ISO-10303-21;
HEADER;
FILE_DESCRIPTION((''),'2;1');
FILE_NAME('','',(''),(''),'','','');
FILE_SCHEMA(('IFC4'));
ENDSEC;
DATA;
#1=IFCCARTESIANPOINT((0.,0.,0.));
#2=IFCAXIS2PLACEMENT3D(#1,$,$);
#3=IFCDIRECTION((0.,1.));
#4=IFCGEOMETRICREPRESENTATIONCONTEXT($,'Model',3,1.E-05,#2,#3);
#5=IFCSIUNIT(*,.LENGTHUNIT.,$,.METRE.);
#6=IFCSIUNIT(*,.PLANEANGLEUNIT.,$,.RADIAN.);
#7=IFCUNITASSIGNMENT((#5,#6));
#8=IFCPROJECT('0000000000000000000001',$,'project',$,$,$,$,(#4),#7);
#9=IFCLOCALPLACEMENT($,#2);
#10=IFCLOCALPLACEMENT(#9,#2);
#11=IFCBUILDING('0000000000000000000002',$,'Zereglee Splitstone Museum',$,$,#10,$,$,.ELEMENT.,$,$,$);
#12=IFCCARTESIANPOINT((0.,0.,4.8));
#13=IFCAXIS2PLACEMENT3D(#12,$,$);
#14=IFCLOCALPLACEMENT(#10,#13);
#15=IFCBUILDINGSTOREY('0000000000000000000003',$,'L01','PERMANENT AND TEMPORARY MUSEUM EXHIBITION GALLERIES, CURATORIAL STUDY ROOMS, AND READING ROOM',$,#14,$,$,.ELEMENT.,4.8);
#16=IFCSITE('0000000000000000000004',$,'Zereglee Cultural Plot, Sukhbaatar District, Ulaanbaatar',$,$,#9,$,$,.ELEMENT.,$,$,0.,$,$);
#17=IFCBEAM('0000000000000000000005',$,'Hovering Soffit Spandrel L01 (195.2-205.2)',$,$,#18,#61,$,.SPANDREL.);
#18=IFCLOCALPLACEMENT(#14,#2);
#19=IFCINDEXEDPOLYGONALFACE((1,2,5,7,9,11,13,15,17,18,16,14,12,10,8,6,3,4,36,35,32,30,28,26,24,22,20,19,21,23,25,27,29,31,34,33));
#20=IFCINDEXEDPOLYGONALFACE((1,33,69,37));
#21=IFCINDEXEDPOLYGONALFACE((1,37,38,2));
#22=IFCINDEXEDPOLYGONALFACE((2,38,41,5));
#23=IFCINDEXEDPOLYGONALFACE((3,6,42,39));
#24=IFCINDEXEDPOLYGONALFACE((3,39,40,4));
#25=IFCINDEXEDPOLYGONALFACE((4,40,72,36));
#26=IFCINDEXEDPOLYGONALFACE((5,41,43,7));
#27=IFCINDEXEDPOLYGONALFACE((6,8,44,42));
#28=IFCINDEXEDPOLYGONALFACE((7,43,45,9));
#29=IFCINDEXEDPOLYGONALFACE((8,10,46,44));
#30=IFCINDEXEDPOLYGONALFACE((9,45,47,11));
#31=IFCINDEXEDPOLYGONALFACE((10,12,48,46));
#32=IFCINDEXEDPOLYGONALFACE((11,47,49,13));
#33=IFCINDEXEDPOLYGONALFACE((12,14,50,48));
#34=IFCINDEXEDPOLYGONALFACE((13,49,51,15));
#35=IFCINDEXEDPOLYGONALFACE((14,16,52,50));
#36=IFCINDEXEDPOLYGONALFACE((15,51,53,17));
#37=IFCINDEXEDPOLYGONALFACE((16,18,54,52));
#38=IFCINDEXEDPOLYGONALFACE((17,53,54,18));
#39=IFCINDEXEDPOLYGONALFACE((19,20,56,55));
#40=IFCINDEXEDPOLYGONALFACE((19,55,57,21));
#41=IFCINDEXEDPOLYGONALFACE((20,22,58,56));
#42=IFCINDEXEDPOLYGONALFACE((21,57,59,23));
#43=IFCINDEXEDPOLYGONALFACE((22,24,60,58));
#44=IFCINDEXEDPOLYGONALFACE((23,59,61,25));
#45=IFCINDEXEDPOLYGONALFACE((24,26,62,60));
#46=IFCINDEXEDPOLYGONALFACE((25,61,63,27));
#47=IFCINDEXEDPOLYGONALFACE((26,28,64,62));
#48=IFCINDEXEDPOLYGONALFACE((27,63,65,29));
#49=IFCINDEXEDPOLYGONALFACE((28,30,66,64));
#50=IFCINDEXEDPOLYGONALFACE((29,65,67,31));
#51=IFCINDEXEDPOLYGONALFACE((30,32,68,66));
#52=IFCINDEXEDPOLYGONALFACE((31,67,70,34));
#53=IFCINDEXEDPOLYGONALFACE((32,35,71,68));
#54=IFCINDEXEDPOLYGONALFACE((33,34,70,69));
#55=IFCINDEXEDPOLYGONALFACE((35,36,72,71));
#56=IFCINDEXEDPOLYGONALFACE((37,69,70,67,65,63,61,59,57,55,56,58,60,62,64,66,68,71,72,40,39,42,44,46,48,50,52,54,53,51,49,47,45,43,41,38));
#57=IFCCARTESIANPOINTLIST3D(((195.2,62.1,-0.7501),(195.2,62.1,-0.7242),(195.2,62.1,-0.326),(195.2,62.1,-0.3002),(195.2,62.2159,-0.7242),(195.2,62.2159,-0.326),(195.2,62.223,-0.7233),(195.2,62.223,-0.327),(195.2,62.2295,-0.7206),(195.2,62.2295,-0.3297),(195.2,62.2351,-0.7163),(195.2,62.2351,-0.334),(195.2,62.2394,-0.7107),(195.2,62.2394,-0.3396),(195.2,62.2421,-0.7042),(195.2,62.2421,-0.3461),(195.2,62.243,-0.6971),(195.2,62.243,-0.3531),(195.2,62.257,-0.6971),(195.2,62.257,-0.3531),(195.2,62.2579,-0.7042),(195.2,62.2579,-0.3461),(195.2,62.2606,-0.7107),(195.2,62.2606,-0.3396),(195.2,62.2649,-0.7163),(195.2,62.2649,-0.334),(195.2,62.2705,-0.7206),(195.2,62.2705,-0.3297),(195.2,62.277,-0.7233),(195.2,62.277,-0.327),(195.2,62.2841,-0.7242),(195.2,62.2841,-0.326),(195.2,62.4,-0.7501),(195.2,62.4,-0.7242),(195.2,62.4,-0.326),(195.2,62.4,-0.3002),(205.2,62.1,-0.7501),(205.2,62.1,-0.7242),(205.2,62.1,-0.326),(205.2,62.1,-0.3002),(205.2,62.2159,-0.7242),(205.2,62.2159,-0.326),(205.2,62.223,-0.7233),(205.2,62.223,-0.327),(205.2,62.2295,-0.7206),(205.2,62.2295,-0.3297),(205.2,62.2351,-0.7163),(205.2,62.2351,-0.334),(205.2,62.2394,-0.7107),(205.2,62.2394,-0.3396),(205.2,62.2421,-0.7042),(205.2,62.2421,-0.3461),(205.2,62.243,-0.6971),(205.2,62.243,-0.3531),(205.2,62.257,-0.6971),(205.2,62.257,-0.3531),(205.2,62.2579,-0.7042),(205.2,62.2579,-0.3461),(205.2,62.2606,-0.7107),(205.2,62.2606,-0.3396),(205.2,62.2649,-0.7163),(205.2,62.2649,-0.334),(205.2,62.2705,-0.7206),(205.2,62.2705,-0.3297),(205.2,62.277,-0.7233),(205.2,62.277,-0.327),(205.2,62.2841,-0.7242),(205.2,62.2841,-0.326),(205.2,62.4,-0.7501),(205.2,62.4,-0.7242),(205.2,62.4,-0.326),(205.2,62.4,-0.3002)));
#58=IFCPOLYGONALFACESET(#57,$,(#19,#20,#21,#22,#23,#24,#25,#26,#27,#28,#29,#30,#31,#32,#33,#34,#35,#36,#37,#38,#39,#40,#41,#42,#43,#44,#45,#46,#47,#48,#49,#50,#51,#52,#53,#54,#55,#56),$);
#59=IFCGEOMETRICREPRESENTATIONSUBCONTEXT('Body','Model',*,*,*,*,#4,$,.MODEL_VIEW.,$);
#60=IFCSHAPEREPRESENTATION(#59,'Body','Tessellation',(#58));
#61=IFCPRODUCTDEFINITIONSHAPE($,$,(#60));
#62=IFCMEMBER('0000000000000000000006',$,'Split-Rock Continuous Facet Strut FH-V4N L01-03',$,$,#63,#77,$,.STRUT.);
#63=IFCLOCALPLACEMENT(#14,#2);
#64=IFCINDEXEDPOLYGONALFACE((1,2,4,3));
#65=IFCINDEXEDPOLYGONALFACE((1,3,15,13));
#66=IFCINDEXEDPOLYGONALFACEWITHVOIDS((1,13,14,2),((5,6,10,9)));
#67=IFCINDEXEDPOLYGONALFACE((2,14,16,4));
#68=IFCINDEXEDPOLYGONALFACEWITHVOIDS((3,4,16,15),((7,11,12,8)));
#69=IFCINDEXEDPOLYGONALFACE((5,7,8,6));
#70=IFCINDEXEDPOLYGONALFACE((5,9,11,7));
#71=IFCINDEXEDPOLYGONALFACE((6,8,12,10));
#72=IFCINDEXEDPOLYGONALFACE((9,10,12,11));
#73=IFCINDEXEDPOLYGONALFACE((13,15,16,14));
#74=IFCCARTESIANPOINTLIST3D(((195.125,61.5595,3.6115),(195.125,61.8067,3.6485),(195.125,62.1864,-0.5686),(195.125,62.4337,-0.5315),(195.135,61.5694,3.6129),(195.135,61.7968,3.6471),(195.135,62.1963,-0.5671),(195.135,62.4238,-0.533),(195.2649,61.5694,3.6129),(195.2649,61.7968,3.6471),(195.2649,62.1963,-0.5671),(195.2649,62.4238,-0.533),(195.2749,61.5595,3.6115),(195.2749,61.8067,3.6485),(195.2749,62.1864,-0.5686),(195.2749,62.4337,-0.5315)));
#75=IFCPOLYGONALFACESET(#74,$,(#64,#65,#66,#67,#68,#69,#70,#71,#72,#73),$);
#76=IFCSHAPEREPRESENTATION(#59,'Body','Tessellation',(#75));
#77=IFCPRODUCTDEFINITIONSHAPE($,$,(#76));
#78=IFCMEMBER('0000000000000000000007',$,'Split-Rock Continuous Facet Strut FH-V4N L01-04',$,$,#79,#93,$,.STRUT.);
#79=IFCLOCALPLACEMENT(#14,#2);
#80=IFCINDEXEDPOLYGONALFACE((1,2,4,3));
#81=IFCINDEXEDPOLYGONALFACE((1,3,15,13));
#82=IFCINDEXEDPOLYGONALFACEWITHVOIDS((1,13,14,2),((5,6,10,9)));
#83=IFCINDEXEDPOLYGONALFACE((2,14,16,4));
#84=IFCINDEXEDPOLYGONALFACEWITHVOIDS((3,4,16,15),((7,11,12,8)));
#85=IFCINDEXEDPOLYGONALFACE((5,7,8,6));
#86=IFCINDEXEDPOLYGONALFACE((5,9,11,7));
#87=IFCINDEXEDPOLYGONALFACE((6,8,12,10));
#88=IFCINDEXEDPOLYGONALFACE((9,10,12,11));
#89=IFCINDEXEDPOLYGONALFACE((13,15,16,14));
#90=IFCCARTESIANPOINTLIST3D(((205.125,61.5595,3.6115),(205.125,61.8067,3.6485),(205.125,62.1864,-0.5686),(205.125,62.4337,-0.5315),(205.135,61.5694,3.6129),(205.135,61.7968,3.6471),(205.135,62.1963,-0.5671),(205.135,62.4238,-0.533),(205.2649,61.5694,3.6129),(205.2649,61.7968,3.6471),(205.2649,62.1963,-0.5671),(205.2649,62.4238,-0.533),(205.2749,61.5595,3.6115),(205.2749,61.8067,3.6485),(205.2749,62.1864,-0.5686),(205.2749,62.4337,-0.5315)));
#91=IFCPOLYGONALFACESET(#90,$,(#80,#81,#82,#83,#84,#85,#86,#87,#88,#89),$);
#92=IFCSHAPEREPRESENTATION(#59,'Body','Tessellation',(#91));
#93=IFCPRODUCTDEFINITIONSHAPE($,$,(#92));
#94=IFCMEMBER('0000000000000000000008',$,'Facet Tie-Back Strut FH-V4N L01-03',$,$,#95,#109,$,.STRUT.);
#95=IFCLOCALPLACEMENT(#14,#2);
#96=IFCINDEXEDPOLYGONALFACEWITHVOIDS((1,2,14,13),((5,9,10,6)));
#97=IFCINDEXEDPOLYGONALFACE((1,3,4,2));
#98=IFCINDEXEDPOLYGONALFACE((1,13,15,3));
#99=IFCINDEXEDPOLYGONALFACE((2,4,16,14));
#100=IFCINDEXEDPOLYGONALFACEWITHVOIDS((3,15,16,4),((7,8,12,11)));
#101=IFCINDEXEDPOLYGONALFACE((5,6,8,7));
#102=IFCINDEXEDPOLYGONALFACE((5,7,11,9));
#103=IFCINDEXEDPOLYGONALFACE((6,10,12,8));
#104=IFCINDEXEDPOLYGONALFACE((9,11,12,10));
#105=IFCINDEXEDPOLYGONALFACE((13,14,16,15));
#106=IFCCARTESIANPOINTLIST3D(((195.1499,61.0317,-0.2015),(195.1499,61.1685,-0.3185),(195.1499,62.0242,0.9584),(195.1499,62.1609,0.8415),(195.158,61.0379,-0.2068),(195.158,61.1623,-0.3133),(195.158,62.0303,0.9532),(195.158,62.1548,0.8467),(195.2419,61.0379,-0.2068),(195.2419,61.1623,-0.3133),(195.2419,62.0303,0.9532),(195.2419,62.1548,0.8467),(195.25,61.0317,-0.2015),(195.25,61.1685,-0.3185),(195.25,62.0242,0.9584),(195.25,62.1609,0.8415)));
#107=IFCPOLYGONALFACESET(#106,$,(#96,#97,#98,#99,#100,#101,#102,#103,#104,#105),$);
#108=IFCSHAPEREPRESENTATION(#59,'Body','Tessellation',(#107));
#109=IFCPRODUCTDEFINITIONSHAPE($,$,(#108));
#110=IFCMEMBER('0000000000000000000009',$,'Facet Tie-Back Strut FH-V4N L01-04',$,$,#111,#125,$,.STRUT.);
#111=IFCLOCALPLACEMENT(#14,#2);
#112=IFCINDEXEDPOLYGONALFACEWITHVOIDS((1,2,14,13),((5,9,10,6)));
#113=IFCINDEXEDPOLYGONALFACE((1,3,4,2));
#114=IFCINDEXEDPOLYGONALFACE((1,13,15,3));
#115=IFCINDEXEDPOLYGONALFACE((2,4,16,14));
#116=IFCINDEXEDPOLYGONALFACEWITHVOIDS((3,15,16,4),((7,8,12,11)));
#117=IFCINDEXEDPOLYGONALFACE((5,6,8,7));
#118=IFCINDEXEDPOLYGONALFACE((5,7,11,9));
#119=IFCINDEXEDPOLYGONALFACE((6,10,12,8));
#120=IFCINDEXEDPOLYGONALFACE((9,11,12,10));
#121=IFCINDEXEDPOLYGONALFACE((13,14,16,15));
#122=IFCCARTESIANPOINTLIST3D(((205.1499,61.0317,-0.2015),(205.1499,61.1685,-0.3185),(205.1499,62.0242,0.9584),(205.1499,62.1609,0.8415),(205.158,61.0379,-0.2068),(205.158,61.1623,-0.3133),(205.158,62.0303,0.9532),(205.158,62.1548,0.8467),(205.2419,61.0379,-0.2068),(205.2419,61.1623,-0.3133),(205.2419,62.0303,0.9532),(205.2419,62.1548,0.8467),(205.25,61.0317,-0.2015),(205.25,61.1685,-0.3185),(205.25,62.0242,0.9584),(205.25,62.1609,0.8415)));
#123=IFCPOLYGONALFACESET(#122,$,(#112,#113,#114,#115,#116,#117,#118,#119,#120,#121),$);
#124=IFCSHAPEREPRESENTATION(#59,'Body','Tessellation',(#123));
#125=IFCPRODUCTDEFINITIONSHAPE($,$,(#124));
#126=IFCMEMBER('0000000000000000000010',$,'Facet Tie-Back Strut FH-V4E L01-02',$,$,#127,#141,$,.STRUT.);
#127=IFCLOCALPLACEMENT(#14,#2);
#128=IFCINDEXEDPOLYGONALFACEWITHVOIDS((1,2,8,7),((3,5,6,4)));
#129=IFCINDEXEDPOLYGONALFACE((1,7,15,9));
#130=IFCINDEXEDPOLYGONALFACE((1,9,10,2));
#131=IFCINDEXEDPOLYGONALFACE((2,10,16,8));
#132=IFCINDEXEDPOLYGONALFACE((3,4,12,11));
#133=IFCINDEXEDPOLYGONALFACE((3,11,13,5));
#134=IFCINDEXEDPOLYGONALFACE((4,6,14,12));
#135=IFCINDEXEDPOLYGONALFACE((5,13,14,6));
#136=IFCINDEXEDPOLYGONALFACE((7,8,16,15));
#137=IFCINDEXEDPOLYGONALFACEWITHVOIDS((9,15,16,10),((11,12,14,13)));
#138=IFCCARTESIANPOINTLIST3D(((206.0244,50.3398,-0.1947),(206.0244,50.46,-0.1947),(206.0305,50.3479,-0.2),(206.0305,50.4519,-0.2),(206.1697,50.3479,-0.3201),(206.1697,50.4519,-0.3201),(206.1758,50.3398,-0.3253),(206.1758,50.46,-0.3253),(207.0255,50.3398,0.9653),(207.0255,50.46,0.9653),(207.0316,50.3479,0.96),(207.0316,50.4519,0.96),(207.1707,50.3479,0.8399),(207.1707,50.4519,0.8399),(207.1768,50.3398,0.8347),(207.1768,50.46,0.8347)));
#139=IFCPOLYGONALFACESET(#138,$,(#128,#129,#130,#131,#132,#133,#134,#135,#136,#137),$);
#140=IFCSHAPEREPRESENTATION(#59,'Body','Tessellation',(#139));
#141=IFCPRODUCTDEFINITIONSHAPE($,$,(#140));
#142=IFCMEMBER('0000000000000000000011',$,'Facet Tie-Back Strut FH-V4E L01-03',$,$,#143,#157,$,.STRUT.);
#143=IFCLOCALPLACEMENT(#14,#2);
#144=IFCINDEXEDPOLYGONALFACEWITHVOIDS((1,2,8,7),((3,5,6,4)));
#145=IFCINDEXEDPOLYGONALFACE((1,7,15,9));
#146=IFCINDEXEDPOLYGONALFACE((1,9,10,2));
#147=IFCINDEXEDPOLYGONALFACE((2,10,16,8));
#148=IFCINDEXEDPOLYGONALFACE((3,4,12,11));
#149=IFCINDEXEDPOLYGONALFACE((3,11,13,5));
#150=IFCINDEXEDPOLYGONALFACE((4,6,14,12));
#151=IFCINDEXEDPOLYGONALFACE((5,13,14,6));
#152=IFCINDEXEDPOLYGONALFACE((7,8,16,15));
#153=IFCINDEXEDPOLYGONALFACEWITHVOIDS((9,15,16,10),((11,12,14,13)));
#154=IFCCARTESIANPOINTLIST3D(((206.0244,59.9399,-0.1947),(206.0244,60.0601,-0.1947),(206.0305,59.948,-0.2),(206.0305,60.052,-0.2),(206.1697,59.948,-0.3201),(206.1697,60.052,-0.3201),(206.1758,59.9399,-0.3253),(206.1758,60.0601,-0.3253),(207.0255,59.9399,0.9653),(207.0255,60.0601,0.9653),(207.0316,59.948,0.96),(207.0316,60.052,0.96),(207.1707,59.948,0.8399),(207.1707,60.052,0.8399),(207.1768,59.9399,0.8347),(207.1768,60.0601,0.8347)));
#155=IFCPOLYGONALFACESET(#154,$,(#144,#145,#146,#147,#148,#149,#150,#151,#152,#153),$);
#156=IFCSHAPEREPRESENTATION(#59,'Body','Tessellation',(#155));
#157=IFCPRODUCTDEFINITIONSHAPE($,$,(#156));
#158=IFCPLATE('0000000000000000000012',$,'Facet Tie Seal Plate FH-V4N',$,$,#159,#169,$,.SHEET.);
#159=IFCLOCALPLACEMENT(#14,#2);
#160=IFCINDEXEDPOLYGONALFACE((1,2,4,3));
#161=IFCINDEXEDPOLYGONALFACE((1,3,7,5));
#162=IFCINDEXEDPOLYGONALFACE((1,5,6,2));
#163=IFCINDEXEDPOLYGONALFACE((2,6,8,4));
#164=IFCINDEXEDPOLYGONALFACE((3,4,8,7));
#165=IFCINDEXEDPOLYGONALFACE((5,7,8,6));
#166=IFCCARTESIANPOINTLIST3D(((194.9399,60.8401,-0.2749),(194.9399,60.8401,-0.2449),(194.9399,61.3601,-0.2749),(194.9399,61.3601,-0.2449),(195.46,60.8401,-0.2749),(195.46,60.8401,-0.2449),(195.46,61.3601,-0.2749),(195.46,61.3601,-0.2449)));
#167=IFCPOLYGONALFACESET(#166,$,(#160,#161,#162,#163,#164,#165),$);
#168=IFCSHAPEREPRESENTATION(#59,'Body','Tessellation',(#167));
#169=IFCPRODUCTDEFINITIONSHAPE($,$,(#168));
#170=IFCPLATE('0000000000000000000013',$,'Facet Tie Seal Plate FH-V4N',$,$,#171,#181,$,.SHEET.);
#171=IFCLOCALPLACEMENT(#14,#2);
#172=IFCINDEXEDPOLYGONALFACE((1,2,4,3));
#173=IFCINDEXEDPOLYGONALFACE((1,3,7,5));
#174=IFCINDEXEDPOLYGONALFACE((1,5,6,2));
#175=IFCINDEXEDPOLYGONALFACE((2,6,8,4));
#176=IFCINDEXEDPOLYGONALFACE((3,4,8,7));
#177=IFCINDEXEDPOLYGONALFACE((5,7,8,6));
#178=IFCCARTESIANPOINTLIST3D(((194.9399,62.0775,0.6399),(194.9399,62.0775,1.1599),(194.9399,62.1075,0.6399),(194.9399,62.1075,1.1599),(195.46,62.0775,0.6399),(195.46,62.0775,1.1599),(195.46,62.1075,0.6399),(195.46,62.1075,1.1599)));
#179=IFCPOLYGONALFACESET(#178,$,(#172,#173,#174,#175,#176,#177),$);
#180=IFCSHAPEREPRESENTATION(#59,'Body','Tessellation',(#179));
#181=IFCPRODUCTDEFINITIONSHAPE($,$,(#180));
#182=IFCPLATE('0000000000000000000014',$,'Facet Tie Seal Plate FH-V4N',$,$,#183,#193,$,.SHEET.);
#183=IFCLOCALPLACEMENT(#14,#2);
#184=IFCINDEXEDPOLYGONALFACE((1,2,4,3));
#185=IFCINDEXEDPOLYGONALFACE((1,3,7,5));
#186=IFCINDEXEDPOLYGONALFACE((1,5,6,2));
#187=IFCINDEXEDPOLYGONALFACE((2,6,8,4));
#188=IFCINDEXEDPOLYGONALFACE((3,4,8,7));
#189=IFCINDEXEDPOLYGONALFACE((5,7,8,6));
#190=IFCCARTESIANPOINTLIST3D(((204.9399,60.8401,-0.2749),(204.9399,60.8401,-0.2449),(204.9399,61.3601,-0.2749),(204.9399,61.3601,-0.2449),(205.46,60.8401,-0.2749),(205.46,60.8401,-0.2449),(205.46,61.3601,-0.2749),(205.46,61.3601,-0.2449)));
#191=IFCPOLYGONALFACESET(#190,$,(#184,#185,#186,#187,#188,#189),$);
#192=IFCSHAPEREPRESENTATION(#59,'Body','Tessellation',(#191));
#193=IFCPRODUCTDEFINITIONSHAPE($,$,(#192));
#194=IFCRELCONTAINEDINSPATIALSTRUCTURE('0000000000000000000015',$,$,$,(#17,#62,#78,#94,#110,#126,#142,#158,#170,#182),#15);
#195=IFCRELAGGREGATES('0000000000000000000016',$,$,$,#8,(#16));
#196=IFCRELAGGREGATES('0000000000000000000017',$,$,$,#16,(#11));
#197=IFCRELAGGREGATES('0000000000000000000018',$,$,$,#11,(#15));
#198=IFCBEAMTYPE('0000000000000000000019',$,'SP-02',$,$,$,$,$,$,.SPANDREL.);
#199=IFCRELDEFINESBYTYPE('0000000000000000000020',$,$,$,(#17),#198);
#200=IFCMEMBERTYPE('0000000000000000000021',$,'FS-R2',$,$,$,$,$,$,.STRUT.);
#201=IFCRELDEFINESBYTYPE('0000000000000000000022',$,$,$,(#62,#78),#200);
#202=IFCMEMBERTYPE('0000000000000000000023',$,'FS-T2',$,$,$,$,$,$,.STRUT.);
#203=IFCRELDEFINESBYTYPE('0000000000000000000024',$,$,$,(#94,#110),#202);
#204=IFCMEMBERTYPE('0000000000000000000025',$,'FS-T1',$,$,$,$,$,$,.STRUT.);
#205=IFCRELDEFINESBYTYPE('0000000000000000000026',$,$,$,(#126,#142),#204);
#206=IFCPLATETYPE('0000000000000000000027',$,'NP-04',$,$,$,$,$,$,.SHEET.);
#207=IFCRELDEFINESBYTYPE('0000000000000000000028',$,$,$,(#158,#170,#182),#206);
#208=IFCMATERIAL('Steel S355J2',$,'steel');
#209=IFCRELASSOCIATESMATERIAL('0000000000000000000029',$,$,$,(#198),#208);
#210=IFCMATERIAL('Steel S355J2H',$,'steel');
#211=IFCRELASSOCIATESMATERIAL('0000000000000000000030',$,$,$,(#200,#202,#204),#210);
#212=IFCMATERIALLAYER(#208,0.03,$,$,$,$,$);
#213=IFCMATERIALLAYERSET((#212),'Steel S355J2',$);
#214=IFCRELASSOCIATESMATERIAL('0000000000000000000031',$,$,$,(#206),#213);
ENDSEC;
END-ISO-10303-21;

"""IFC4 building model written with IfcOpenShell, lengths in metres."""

from ifc_helpers import new_model, si_unit, direction, frame, origin, origin_2d, place, context, subcontext, project, spatial, rectangle, hollow_rectangle, i_section, extrude, material, layer, layer_set, material_profile, profile_set, type_object, element, save


model = new_model("IFC4")

# Units and contexts
model_context = context("Model", 3, precision=1e-05, world=origin(), true_north=direction((0.0, 1.0)))
body_context = subcontext(model_context, "Body", "Model", "MODEL_VIEW")
ifc_project = project(units=[si_unit("LENGTHUNIT", "METRE"), si_unit("PLANEANGLEUNIT", "RADIAN")], contexts=[model_context])

# Site, building, storey
site_placement = place(None, origin())
site = spatial("IfcSite", under=ifc_project, at=site_placement, Name="Zereglee Cultural Plot, Sukhbaatar District, Ulaanbaatar", CompositionType="ELEMENT", RefElevation=0.0)
building_placement = place(site_placement, origin())
building = spatial("IfcBuilding", under=site, at=building_placement, Name="Zereglee Splitstone Museum", CompositionType="ELEMENT")
storey_placement = place(building_placement, frame((0.0, 0.0, 4.8)))
storey = spatial("IfcBuildingStorey", under=building, at=storey_placement, Name="L01", Description="PERMANENT AND TEMPORARY MUSEUM EXHIBITION GALLERIES, CURATORIAL STUDY ROOMS, AND READING ROOM", CompositionType="ELEMENT", Elevation=4.8)

# Shared definitions
ifc_material_1 = material(Name="Steel S355J2H", Category="steel")
ifc_material_2 = material(Name="Steel S355J2", Category="steel")

# Beam
ifc_material_profile_1 = material_profile(ifc_material_2, i_section(OverallWidth=0.3, OverallDepth=0.45, WebThickness=0.0139, FlangeThickness=0.0259, FilletRadius=0.0271, at=origin_2d()), Name="HE 450 B")
ifc_profile_set_1 = profile_set([ifc_material_profile_1], Name="Steel S355J2")
beam_type_1 = type_object("IfcBeamType", Name="SP-02", PredefinedType="SPANDREL", material=ifc_profile_set_1)
beam_1_placement = place(storey_placement, frame((195.2, 62.25, -0.5251), z_axis=(1.0, 0.0, 0.0), x_axis=(0.0, 1.0, 0.0)))
element("IfcBeam", 1, at=beam_1_placement, inside=storey, type_object=beam_type_1, Name="Hovering Soffit Spandrel L01 (195.2-205.2)", PredefinedType="SPANDREL", context=body_context, shape_type="SweptSolid", body=[
    extrude(i_section(OverallWidth=0.3, OverallDepth=0.45, WebThickness=0.0139, FlangeThickness=0.0259, FilletRadius=0.0271, at=origin_2d()), origin(), (0.0, 0.0, 1.0), 10.0),
])

# Members
ifc_material_profile_2 = material_profile(ifc_material_1, hollow_rectangle(XDim=0.1499, YDim=0.25, WallThickness=0.01, at=origin_2d()), Name="RHS 250x150x10")
ifc_profile_set_2 = profile_set([ifc_material_profile_2], Name="Steel S355J2H")
member_type_1 = type_object("IfcMemberType", Name="FS-R2", PredefinedType="STRUT", material=ifc_profile_set_2)
for number, where, z_axis, x_axis, name in (
    (2, (195.2, 62.3101, -0.55), (0.0, -0.148332, 0.988938), (1.0, 0.0, 0.0), "Split-Rock Continuous Facet Strut FH-V4N L01-03"),
    (3, (205.2, 62.3101, -0.55), (0.0, -0.148332, 0.988938), (1.0, 0.0, 0.0), "Split-Rock Continuous Facet Strut FH-V4N L01-04"),
):
    element("IfcMember", number, at=place(storey_placement, frame(where, z_axis=z_axis, x_axis=x_axis)), inside=storey, type_object=member_type_1, Name=name, PredefinedType="STRUT", context=body_context, shape_type="SweptSolid", body=[
        extrude(hollow_rectangle(XDim=0.1499, YDim=0.25, WallThickness=0.01, at=origin_2d()), origin(), (0.0, 0.0, 1.0), 4.2268),
    ])
ifc_material_profile_3 = material_profile(ifc_material_1, hollow_rectangle(XDim=0.1001, YDim=0.1799, WallThickness=0.0081, at=origin_2d()), Name="RHS 180x100x8")
ifc_profile_set_3 = profile_set([ifc_material_profile_3], Name="Steel S355J2H")
member_type_2 = type_object("IfcMemberType", Name="FS-T2", PredefinedType="STRUT", material=ifc_profile_set_3)
for number, where, z_axis, x_axis, name in (
    (4, (195.2, 61.1001, -0.26), (0.0, 0.650119, 0.759832), (-1.0, 0.0, 0.0), "Facet Tie-Back Strut FH-V4N L01-03"),
    (5, (205.2, 61.1001, -0.26), (0.0, 0.650119, 0.759832), (-1.0, 0.0, 0.0), "Facet Tie-Back Strut FH-V4N L01-04"),
):
    element("IfcMember", number, at=place(storey_placement, frame(where, z_axis=z_axis, x_axis=x_axis)), inside=storey, type_object=member_type_2, Name=name, PredefinedType="STRUT", context=body_context, shape_type="SweptSolid", body=[
        extrude(hollow_rectangle(XDim=0.1001, YDim=0.1799, WallThickness=0.0081, at=origin_2d()), origin(), (0.0, 0.0, 1.0), 1.5266),
    ])
ifc_material_profile_4 = material_profile(ifc_material_1, hollow_rectangle(XDim=0.1201, YDim=0.2, WallThickness=0.0081, at=origin_2d()), Name="RHS 200x120x8")
ifc_profile_set_4 = profile_set([ifc_material_profile_4], Name="Steel S355J2H")
member_type_3 = type_object("IfcMemberType", Name="FS-T1", PredefinedType="STRUT", material=ifc_profile_set_4)
for number, where, z_axis, x_axis, name in (
    (6, (206.1001, 50.3999, -0.26), (0.653334, 0.0, 0.75707), (0.0, 1.0, 0.0), "Facet Tie-Back Strut FH-V4E L01-02"),
    (7, (206.1001, 60.0, -0.26), (0.653334, 0.0, 0.75707), (0.0, 1.0, 0.0), "Facet Tie-Back Strut FH-V4E L01-03"),
):
    element("IfcMember", number, at=place(storey_placement, frame(where, z_axis=z_axis, x_axis=x_axis)), inside=storey, type_object=member_type_3, Name=name, PredefinedType="STRUT", context=body_context, shape_type="SweptSolid", body=[
        extrude(hollow_rectangle(XDim=0.1201, YDim=0.2, WallThickness=0.0081, at=origin_2d()), origin(), (0.0, 0.0, 1.0), 1.5322),
    ])

# Plates
ifc_layer_1 = layer(ifc_material_2, 0.03)
ifc_layer_set_1 = layer_set([ifc_layer_1], Name="Steel S355J2")
plate_type_1 = type_object("IfcPlateType", Name="NP-04", PredefinedType="SHEET", material=ifc_layer_set_1)
plate_1_placement = place(storey_placement, frame((195.2, 61.1001, -0.2749), z_axis=(0.0, 0.0, 1.0), x_axis=(1.0, 0.0, 0.0)))
element("IfcPlate", 8, at=plate_1_placement, inside=storey, type_object=plate_type_1, Name="Facet Tie Seal Plate FH-V4N", PredefinedType="SHEET", context=body_context, shape_type="SweptSolid", body=[
    extrude(rectangle(XDim=0.52, YDim=0.52, at=origin_2d()), origin(), (0.0, 0.0, 1.0), 0.03),
])
plate_2_placement = place(storey_placement, frame((195.2, 62.0925, 0.6399), z_axis=(0.0, 0.0, 1.0), x_axis=(1.0, 0.0, 0.0)))
element("IfcPlate", 9, at=plate_2_placement, inside=storey, type_object=plate_type_1, Name="Facet Tie Seal Plate FH-V4N", PredefinedType="SHEET", context=body_context, shape_type="SweptSolid", body=[
    extrude(rectangle(XDim=0.52, YDim=0.03, at=origin_2d()), origin(), (0.0, 0.0, 1.0), 0.52),
])
plate_3_placement = place(storey_placement, frame((205.2, 61.1001, -0.2749), z_axis=(0.0, 0.0, 1.0), x_axis=(1.0, 0.0, 0.0)))
element("IfcPlate", 10, at=plate_3_placement, inside=storey, type_object=plate_type_1, Name="Facet Tie Seal Plate FH-V4N", PredefinedType="SHEET", context=body_context, shape_type="SweptSolid", body=[
    extrude(rectangle(XDim=0.52, YDim=0.52, at=origin_2d()), origin(), (0.0, 0.0, 1.0), 0.03),
])

save(model, "model.ifc")
